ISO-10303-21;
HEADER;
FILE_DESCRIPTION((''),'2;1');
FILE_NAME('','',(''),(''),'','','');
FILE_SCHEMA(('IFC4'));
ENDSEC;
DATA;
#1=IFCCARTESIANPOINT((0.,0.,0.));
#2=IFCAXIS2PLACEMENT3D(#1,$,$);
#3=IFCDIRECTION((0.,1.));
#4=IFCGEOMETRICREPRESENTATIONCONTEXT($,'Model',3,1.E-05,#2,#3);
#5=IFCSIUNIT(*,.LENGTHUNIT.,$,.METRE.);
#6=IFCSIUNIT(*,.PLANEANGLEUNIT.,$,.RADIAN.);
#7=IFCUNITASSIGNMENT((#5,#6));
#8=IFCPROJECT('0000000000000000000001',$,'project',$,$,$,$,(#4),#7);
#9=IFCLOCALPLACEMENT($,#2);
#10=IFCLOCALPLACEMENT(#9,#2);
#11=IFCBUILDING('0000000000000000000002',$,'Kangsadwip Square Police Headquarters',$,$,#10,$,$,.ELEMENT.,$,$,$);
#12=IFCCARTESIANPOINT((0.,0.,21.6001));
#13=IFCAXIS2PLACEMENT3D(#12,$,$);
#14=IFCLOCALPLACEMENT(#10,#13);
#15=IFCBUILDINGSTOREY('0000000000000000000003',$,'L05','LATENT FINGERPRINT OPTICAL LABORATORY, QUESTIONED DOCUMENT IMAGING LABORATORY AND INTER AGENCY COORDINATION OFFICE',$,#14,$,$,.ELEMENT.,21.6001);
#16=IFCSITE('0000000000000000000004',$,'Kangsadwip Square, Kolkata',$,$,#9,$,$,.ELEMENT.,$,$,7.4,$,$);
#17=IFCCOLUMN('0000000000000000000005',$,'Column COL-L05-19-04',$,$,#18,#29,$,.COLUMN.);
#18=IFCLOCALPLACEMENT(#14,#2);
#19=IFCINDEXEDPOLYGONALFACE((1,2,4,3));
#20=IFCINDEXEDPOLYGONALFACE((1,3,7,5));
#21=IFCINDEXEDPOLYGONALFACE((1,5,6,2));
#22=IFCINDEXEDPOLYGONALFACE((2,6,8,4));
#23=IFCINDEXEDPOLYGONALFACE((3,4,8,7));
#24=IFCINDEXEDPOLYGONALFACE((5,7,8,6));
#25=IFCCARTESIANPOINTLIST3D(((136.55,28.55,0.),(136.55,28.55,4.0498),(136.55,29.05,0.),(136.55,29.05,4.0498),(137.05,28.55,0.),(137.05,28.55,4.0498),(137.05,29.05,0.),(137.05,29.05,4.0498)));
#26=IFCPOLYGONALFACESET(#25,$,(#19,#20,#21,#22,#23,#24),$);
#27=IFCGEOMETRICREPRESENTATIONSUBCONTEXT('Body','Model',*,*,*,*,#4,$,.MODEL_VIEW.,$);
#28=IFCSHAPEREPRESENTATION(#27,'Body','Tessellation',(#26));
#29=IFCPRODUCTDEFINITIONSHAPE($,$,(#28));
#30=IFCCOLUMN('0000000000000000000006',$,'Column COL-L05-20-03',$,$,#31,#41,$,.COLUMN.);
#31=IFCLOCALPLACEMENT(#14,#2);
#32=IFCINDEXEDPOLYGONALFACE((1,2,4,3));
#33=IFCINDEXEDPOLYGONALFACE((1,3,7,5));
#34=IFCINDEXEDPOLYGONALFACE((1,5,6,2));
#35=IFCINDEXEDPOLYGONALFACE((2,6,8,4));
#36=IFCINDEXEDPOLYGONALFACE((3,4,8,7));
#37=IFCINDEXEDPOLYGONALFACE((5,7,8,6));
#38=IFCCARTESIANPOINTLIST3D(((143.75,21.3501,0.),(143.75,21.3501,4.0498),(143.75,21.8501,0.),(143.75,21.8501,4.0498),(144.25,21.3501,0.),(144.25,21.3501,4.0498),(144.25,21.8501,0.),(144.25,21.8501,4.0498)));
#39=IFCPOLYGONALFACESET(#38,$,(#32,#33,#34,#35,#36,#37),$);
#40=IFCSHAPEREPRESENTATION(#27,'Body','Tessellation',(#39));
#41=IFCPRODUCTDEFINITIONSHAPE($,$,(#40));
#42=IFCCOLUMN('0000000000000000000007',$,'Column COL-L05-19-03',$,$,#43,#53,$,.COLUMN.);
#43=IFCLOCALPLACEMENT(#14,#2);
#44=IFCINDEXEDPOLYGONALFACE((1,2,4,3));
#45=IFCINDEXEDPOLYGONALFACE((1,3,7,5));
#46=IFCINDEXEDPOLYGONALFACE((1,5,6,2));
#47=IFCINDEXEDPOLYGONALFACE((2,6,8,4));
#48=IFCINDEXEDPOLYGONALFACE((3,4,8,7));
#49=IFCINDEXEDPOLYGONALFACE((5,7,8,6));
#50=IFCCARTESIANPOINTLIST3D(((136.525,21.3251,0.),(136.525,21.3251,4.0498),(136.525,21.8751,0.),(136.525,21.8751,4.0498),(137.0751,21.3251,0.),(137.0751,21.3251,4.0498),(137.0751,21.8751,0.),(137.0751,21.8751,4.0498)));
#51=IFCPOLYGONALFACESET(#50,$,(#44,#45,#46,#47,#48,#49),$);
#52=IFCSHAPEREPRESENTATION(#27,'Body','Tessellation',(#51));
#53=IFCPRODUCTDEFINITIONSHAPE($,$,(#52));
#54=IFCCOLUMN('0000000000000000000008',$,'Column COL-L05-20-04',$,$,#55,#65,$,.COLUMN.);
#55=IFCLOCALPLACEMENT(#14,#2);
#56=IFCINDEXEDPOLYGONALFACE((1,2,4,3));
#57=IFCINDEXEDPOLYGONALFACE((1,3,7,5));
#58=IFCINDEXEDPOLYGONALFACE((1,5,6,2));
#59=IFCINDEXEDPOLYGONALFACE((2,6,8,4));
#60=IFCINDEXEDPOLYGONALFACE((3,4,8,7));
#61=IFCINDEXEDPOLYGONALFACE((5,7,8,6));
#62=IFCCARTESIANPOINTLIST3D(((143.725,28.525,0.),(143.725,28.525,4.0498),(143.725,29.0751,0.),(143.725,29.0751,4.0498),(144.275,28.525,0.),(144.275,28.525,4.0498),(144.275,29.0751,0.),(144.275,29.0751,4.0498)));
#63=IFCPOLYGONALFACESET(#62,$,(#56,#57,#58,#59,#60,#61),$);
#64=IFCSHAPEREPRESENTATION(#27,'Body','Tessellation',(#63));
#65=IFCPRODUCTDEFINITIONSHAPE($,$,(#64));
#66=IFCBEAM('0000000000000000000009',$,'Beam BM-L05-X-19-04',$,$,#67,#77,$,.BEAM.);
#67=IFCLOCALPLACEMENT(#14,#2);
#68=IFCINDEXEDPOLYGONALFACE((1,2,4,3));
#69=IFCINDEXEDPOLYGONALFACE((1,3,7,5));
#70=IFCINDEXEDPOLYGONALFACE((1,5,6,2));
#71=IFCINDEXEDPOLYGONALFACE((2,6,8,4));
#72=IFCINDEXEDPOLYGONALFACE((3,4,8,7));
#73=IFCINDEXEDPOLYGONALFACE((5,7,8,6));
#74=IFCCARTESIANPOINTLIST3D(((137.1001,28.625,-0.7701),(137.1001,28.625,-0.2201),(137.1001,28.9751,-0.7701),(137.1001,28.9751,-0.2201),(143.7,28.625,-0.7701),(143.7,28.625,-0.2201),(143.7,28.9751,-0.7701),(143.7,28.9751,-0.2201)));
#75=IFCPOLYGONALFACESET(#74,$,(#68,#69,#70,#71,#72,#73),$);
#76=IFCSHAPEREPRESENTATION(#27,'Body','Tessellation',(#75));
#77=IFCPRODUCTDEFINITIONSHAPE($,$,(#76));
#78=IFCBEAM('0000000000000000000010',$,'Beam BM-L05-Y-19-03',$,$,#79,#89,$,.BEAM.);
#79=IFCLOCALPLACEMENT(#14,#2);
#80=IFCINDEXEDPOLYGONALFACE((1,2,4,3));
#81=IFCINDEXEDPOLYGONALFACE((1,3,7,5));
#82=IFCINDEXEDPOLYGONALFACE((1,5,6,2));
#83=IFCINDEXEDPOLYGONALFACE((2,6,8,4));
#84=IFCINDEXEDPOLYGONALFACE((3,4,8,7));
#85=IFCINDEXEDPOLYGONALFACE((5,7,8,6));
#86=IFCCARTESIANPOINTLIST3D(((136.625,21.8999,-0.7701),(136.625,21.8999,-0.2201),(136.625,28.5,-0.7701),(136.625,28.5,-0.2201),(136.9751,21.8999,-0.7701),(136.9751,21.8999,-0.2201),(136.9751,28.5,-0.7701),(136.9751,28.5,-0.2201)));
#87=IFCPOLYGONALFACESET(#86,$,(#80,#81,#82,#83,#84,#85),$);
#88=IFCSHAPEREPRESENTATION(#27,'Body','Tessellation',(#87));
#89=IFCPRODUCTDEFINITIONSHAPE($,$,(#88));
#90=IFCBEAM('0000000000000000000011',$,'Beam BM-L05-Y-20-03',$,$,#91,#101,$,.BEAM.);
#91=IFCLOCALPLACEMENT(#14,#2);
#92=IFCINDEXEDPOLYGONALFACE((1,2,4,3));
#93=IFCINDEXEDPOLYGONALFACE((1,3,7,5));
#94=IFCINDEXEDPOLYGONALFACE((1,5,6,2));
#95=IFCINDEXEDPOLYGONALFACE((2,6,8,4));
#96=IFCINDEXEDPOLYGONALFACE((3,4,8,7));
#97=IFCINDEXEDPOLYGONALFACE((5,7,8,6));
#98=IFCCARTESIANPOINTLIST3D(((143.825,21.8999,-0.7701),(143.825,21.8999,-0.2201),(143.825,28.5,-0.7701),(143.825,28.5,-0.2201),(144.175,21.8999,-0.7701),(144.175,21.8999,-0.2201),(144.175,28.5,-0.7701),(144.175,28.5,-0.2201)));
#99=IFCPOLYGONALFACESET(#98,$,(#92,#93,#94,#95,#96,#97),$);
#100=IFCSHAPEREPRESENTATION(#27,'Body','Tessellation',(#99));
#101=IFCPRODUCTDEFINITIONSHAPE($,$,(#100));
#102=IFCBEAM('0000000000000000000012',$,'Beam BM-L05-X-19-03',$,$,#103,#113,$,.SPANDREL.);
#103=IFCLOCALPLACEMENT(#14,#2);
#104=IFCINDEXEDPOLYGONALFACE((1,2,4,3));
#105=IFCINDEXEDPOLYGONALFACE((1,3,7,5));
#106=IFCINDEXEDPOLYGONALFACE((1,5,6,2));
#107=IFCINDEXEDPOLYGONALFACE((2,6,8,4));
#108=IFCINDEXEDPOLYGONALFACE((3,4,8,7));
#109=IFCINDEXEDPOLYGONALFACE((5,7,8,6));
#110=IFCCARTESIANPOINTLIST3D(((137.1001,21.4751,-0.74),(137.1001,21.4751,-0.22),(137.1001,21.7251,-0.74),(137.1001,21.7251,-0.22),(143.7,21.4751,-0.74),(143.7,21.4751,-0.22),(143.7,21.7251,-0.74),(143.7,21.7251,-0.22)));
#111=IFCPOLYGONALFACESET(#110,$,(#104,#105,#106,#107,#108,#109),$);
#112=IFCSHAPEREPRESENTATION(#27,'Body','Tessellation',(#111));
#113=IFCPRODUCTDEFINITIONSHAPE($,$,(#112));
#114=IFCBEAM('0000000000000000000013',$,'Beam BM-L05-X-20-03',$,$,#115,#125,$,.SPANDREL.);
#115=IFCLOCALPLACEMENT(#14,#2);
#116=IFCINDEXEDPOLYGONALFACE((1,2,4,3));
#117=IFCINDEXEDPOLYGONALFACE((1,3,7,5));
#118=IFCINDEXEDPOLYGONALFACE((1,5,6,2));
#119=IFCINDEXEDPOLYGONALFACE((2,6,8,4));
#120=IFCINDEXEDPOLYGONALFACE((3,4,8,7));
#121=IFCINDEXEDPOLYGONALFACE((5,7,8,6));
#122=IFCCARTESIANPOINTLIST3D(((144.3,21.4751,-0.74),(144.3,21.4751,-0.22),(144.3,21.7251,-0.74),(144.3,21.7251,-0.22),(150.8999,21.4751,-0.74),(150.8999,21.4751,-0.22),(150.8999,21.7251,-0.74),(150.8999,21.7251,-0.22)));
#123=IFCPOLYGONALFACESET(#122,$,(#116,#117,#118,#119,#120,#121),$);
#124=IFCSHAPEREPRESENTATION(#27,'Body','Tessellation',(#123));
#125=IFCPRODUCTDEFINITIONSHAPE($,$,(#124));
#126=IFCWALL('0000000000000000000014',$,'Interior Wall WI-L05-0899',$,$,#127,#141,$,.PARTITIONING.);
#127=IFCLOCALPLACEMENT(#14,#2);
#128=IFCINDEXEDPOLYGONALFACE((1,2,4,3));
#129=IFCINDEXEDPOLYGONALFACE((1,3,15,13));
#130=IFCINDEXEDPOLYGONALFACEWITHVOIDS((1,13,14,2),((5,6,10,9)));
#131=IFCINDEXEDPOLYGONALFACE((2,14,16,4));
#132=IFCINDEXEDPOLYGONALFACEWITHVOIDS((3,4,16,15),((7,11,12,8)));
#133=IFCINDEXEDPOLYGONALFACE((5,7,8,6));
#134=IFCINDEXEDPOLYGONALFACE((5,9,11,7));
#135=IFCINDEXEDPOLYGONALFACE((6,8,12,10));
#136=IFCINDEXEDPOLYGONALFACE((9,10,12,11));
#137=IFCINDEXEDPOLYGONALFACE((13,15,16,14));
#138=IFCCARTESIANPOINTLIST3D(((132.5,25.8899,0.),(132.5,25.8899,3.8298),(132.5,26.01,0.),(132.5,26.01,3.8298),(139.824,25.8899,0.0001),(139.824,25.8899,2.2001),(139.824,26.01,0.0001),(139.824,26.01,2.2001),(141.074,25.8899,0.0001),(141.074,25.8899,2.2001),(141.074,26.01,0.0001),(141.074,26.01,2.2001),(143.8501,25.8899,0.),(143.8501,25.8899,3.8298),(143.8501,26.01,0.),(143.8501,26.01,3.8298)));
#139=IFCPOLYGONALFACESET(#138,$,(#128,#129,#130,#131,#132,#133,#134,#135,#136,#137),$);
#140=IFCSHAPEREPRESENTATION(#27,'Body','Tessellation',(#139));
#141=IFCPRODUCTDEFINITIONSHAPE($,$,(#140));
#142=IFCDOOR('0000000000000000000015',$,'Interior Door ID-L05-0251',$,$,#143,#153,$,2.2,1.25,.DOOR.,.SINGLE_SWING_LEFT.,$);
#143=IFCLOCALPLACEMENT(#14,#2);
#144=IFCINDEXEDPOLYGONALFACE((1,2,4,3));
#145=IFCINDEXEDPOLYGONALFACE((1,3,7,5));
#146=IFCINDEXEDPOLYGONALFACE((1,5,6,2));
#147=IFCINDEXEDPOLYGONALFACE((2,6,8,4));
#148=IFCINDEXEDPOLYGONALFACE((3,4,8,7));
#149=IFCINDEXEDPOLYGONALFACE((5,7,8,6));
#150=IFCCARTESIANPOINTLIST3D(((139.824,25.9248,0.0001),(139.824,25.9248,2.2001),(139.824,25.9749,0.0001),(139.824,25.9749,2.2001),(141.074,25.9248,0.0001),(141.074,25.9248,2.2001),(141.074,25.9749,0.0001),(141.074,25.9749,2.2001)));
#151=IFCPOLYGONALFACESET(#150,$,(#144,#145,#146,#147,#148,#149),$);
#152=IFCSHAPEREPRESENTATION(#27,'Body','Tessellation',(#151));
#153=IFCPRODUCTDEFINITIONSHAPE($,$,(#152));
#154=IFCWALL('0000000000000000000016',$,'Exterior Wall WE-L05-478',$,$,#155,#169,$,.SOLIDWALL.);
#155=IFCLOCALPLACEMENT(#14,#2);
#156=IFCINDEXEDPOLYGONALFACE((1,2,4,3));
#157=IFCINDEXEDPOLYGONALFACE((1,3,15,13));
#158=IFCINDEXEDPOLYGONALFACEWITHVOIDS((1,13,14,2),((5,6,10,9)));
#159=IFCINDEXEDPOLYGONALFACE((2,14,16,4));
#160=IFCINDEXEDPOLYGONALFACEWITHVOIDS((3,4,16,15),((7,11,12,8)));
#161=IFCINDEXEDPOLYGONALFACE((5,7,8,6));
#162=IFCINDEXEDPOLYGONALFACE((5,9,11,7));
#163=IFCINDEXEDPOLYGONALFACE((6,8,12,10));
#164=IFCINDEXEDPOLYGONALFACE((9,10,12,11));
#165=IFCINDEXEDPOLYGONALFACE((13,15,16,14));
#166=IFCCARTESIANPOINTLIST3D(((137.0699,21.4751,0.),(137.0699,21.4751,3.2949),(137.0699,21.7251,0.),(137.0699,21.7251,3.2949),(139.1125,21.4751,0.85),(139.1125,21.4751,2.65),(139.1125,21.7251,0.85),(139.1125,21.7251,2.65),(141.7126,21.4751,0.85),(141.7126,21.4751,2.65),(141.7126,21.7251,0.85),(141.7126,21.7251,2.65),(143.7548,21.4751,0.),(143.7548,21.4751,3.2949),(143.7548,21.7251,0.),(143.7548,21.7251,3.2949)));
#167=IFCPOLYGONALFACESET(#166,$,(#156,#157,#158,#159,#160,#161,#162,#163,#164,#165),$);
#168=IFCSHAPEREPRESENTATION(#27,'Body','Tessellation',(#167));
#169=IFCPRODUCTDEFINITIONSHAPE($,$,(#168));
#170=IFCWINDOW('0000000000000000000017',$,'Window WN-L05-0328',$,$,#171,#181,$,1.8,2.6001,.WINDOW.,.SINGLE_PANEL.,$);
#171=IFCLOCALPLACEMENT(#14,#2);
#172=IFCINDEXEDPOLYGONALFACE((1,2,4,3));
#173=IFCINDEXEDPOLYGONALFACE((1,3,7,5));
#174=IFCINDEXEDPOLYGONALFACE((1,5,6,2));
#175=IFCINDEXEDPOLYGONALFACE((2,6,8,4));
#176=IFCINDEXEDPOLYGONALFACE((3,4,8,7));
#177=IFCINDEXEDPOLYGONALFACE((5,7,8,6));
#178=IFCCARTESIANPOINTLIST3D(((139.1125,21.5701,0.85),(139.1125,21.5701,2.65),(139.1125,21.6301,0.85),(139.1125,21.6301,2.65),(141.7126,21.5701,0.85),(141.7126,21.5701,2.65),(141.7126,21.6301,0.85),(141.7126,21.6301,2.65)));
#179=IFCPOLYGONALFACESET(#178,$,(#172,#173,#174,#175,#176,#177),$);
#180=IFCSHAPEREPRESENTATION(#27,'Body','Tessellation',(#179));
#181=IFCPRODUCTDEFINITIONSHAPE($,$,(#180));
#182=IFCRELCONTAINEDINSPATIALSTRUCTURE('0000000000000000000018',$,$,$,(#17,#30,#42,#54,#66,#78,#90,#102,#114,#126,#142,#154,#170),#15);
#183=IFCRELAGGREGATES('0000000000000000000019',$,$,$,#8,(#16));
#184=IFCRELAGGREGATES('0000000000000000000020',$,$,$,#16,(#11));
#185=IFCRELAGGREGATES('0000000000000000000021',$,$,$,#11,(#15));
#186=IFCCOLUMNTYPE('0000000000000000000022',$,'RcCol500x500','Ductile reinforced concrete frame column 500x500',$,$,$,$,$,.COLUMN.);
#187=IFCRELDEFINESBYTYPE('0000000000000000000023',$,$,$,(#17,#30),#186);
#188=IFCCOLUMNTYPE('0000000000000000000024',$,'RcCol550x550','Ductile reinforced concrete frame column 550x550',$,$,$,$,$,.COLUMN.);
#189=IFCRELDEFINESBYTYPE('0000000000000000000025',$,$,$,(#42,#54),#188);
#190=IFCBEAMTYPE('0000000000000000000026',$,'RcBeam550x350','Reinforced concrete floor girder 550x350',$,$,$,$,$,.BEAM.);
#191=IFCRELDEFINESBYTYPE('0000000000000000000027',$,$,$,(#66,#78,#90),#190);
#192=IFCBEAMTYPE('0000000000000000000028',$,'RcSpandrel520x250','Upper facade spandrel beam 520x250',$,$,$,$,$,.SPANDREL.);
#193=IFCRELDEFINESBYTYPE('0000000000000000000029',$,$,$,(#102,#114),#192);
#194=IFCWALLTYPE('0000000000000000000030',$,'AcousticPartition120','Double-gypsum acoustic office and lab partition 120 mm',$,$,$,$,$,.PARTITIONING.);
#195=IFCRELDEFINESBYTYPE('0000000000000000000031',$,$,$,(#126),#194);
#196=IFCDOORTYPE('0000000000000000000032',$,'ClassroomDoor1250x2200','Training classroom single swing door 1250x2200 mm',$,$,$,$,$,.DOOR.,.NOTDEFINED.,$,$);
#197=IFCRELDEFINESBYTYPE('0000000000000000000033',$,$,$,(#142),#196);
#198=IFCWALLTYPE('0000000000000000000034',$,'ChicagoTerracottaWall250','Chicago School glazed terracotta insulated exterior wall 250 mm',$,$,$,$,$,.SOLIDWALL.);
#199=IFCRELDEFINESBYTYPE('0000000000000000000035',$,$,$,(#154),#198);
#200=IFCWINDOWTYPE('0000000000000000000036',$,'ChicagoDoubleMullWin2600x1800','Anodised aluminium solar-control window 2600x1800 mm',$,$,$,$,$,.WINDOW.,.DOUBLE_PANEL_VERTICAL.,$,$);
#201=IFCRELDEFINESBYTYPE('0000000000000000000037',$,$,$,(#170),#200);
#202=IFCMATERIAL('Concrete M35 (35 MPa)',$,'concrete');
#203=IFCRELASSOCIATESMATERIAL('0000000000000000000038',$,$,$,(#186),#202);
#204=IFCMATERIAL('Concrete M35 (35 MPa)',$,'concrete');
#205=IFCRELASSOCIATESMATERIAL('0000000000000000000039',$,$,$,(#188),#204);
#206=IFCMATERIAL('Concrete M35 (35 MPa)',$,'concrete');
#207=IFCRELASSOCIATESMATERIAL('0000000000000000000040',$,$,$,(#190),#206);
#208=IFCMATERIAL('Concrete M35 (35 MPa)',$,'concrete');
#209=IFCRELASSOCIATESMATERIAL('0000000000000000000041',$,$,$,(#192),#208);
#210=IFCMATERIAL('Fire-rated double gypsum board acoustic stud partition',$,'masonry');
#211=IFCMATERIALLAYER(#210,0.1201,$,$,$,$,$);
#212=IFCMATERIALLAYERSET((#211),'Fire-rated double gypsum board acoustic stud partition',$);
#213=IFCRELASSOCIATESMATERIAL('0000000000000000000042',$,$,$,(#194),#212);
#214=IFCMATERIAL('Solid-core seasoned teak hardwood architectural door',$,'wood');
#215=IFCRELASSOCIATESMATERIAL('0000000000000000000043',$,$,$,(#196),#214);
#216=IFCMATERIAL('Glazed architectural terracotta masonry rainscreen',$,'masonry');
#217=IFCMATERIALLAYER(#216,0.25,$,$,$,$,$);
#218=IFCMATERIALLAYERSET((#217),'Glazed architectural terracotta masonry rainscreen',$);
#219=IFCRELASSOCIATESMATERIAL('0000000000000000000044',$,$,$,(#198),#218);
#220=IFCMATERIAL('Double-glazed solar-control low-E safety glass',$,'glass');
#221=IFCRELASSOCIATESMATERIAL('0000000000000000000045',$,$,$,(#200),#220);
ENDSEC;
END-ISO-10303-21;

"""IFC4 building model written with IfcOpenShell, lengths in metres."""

from ifc_helpers import new_model, si_unit, direction, frame, frame_2d, origin, origin_2d, place, context, subcontext, project, spatial, rectangle, extrude, material, layer, layer_set, material_profile, profile_set, type_object, element, fill, save


model = new_model("IFC4")

# Units and contexts
model_context = context("Model", 3, precision=1e-05, world=origin(), true_north=direction((0.0, 1.0)))
body_context = subcontext(model_context, "Body", "Model", "MODEL_VIEW")
ifc_project = project(units=[si_unit("LENGTHUNIT", "METRE"), si_unit("PLANEANGLEUNIT", "RADIAN")], contexts=[model_context])

# Site, building, storey
site_placement = place(None, origin())
site = spatial("IfcSite", under=ifc_project, at=site_placement, Name="Kangsadwip Square, Kolkata", CompositionType="ELEMENT", RefElevation=7.4)
building_placement = place(site_placement, origin())
building = spatial("IfcBuilding", under=site, at=building_placement, Name="Kangsadwip Square Police Headquarters", CompositionType="ELEMENT")
storey_placement = place(building_placement, frame((0.0, 0.0, 21.6001)))
storey = spatial("IfcBuildingStorey", under=building, at=storey_placement, Name="L05", Description="LATENT FINGERPRINT OPTICAL LABORATORY, QUESTIONED DOCUMENT IMAGING LABORATORY AND INTER AGENCY COORDINATION OFFICE", CompositionType="ELEMENT", Elevation=21.6001)

# Columns
ifc_material_1 = material(Name="Concrete M35 (35 MPa)", Category="concrete")
ifc_material_profile_1 = material_profile(ifc_material_1, rectangle(XDim=0.5, YDim=0.5, at=origin_2d()), Name="RC COL 500X500")
ifc_profile_set_1 = profile_set([ifc_material_profile_1], Name="Concrete M35 (35 MPa)")
column_type_1 = type_object("IfcColumnType", Name="RcCol500x500", Description="Ductile reinforced concrete frame column 500x500", PredefinedType="COLUMN", material=ifc_profile_set_1)
for number, where, z_axis, x_axis, name in (
    (1, (136.8, 28.8, 0.0), (0.0, 0.0, 1.0), (1.0, 0.0, 0.0), "Column COL-L05-19-04"),
    (2, (144.0, 21.6001, 0.0), (0.0, 0.0, 1.0), (1.0, 0.0, 0.0), "Column COL-L05-20-03"),
):
    element("IfcColumn", number, at=place(storey_placement, frame(where, z_axis=z_axis, x_axis=x_axis)), inside=storey, type_object=column_type_1, Name=name, PredefinedType="COLUMN", context=body_context, shape_type="SweptSolid", body=[
        extrude(rectangle(XDim=0.5, YDim=0.5, at=origin_2d()), origin(), (0.0, 0.0, 1.0), 4.0498),
    ])
ifc_material_2 = material(Name="Concrete M35 (35 MPa)", Category="concrete")
ifc_material_profile_2 = material_profile(ifc_material_2, rectangle(XDim=0.55, YDim=0.55, at=origin_2d()), Name="RC COL 550X550")
ifc_profile_set_2 = profile_set([ifc_material_profile_2], Name="Concrete M35 (35 MPa)")
column_type_2 = type_object("IfcColumnType", Name="RcCol550x550", Description="Ductile reinforced concrete frame column 550x550", PredefinedType="COLUMN", material=ifc_profile_set_2)
for number, where, z_axis, x_axis, name in (
    (3, (136.8, 21.6001, 0.0), (0.0, 0.0, 1.0), (1.0, 0.0, 0.0), "Column COL-L05-19-03"),
    (4, (144.0, 28.8, 0.0), (0.0, 0.0, 1.0), (1.0, 0.0, 0.0), "Column COL-L05-20-04"),
):
    element("IfcColumn", number, at=place(storey_placement, frame(where, z_axis=z_axis, x_axis=x_axis)), inside=storey, type_object=column_type_2, Name=name, PredefinedType="COLUMN", context=body_context, shape_type="SweptSolid", body=[
        extrude(rectangle(XDim=0.55, YDim=0.55, at=origin_2d()), origin(), (0.0, 0.0, 1.0), 4.0498),
    ])

# Beams
ifc_material_3 = material(Name="Concrete M35 (35 MPa)", Category="concrete")
ifc_material_profile_3 = material_profile(ifc_material_3, rectangle(XDim=0.3501, YDim=0.55, at=origin_2d()), Name="RC BM 550X350")
ifc_profile_set_3 = profile_set([ifc_material_profile_3], Name="Concrete M35 (35 MPa)")
beam_type_1 = type_object("IfcBeamType", Name="RcBeam550x350", Description="Reinforced concrete floor girder 550x350", PredefinedType="BEAM", material=ifc_profile_set_3)
beam_placement = place(storey_placement, frame((137.1001, 28.8, -0.4951), z_axis=(1.0, 0.0, 0.0), x_axis=(0.0, 1.0, 0.0)))
element("IfcBeam", 5, at=beam_placement, inside=storey, type_object=beam_type_1, Name="Beam BM-L05-X-19-04", PredefinedType="BEAM", context=body_context, shape_type="SweptSolid", body=[
    extrude(rectangle(XDim=0.3501, YDim=0.55, at=origin_2d()), origin(), (0.0, 0.0, 1.0), 6.5999),
])
for number, where, z_axis, x_axis, name in (
    (6, (136.8, 21.8999, -0.4951), (0.0, 1.0, 0.0), (-1.0, 0.0, 0.0), "Beam BM-L05-Y-19-03"),
    (7, (144.0, 21.8999, -0.4951), (0.0, 1.0, 0.0), (-1.0, 0.0, 0.0), "Beam BM-L05-Y-20-03"),
):
    element("IfcBeam", number, at=place(storey_placement, frame(where, z_axis=z_axis, x_axis=x_axis)), inside=storey, type_object=beam_type_1, Name=name, PredefinedType="BEAM", context=body_context, shape_type="SweptSolid", body=[
        extrude(rectangle(XDim=0.3501, YDim=0.55, at=origin_2d()), origin(), (0.0, 0.0, 1.0), 6.6001),
    ])
ifc_material_4 = material(Name="Concrete M35 (35 MPa)", Category="concrete")
ifc_material_profile_4 = material_profile(ifc_material_4, rectangle(XDim=0.25, YDim=0.52, at=origin_2d()), Name="RC SPN 520X250")
ifc_profile_set_4 = profile_set([ifc_material_profile_4], Name="Concrete M35 (35 MPa)")
beam_type_2 = type_object("IfcBeamType", Name="RcSpandrel520x250", Description="Upper facade spandrel beam 520x250", PredefinedType="SPANDREL", material=ifc_profile_set_4)
for number, where, z_axis, x_axis, name in (
    (8, (137.1001, 21.6001, -0.48), (1.0, 0.0, 0.0), (0.0, 1.0, 0.0), "Beam BM-L05-X-19-03"),
    (9, (144.3, 21.6001, -0.48), (1.0, 0.0, 0.0), (0.0, 1.0, 0.0), "Beam BM-L05-X-20-03"),
):
    element("IfcBeam", number, at=place(storey_placement, frame(where, z_axis=z_axis, x_axis=x_axis)), inside=storey, type_object=beam_type_2, Name=name, PredefinedType="SPANDREL", context=body_context, shape_type="SweptSolid", body=[
        extrude(rectangle(XDim=0.25, YDim=0.52, at=origin_2d()), origin(), (0.0, 0.0, 1.0), 6.5999),
    ])

# Wall, opening, door
ifc_material_5 = material(Name="Fire-rated double gypsum board acoustic stud partition", Category="masonry")
ifc_layer_1 = layer(ifc_material_5, 0.1201)
ifc_layer_set_1 = layer_set([ifc_layer_1], Name="Fire-rated double gypsum board acoustic stud partition")
wall_type_1 = type_object("IfcWallType", Name="AcousticPartition120", Description="Double-gypsum acoustic office and lab partition 120 mm", PredefinedType="PARTITIONING", material=ifc_layer_set_1)
wall_1_placement = place(storey_placement, frame((132.5, 25.95, 0.0), z_axis=(0.0, 0.0, 1.0), x_axis=(1.0, 0.0, 0.0)))
wall_1 = element("IfcWall", 10, at=wall_1_placement, inside=storey, type_object=wall_type_1, Name="Interior Wall WI-L05-0899", PredefinedType="PARTITIONING", context=body_context, shape_type="SweptSolid", body=[
    extrude(rectangle(XDim=11.3501, YDim=0.1201, at=frame_2d((5.675, 0.0))), origin(), (0.0, 0.0, 1.0), 3.8298),
])
opening_1_placement = place(wall_1_placement, frame((7.324, 0.0, 0.0)))
opening_1 = element("IfcOpeningElement", 11, at=opening_1_placement, cuts=wall_1, PredefinedType="OPENING", context=body_context, shape_type="SweptSolid", body=[
    extrude(rectangle(XDim=1.25, YDim=2.2, at=frame_2d((0.625, 1.1001))), frame((0.0, 0.0701, 0.0), z_axis=(0.0, -1.0, 0.0), x_axis=(1.0, 0.0, 0.0)), (0.0, 0.0, 1.0), 0.1401),
])
ifc_material_6 = material(Name="Solid-core seasoned teak hardwood architectural door", Category="wood")
door_type = type_object("IfcDoorType", Name="ClassroomDoor1250x2200", Description="Training classroom single swing door 1250x2200 mm", OperationType="NOTDEFINED", PredefinedType="DOOR", material=ifc_material_6)
door_placement = place(opening_1_placement, origin())
door = element("IfcDoor", 12, at=door_placement, inside=storey, type_object=door_type, Name="Interior Door ID-L05-0251", OperationType="SINGLE_SWING_LEFT", OverallHeight=2.2, OverallWidth=1.25, PredefinedType="DOOR", context=body_context, shape_type="SweptSolid", body=[
    extrude(rectangle(XDim=1.25, YDim=2.2, at=frame_2d((0.625, 1.1001))), frame((0.0, 0.0249, 0.0), z_axis=(0.0, -1.0, 0.0), x_axis=(1.0, 0.0, 0.0)), (0.0, 0.0, 1.0), 0.05),
])
fill(opening_1, door)

# Wall, opening, window
ifc_material_7 = material(Name="Glazed architectural terracotta masonry rainscreen", Category="masonry")
ifc_layer_2 = layer(ifc_material_7, 0.25)
ifc_layer_set_2 = layer_set([ifc_layer_2], Name="Glazed architectural terracotta masonry rainscreen")
wall_type_2 = type_object("IfcWallType", Name="ChicagoTerracottaWall250", Description="Chicago School glazed terracotta insulated exterior wall 250 mm", PredefinedType="SOLIDWALL", material=ifc_layer_set_2)
wall_2_placement = place(storey_placement, frame((137.0701, 21.6001, 0.0), z_axis=(0.0, 0.0, 1.0), x_axis=(1.0, 0.0, 0.0)))
wall_2 = element("IfcWall", 13, at=wall_2_placement, inside=storey, type_object=wall_type_2, Name="Exterior Wall WE-L05-478", PredefinedType="SOLIDWALL", context=body_context, shape_type="SweptSolid", body=[
    extrude(rectangle(XDim=6.6848, YDim=0.25, at=frame_2d((3.3423, 0.0))), origin(), (0.0, 0.0, 1.0), 3.2949),
])
opening_2_placement = place(wall_2_placement, frame((2.0425, 0.0, 0.8501)))
opening_2 = element("IfcOpeningElement", 14, at=opening_2_placement, cuts=wall_2, PredefinedType="OPENING", context=body_context, shape_type="SweptSolid", body=[
    extrude(rectangle(XDim=2.6001, YDim=1.8, at=frame_2d((1.3, 0.8999))), frame((0.0, 0.135, 0.0), z_axis=(0.0, -1.0, 0.0), x_axis=(1.0, 0.0, 0.0)), (0.0, 0.0, 1.0), 0.27),
])
ifc_material_8 = material(Name="Double-glazed solar-control low-E safety glass", Category="glass")
window_type_1 = type_object("IfcWindowType", Name="ChicagoDoubleMullWin2600x1800", Description="Anodised aluminium solar-control window 2600x1800 mm", PartitioningType="DOUBLE_PANEL_VERTICAL", PredefinedType="WINDOW", material=ifc_material_8)
window_1_placement = place(opening_2_placement, origin())
window_1 = element("IfcWindow", 15, at=window_1_placement, inside=storey, type_object=window_type_1, Name="Window WN-L05-0328", OverallHeight=1.8, OverallWidth=2.6001, PartitioningType="SINGLE_PANEL", PredefinedType="WINDOW", context=body_context, shape_type="SweptSolid", body=[
    extrude(rectangle(XDim=2.6001, YDim=1.8, at=frame_2d((1.3, 0.8999))), frame((0.0, 0.03, 0.0), z_axis=(0.0, -1.0, 0.0), x_axis=(1.0, 0.0, 0.0)), (0.0, 0.0, 1.0), 0.0601),
])
fill(opening_2, window_1)

save(model, "model.ifc")
